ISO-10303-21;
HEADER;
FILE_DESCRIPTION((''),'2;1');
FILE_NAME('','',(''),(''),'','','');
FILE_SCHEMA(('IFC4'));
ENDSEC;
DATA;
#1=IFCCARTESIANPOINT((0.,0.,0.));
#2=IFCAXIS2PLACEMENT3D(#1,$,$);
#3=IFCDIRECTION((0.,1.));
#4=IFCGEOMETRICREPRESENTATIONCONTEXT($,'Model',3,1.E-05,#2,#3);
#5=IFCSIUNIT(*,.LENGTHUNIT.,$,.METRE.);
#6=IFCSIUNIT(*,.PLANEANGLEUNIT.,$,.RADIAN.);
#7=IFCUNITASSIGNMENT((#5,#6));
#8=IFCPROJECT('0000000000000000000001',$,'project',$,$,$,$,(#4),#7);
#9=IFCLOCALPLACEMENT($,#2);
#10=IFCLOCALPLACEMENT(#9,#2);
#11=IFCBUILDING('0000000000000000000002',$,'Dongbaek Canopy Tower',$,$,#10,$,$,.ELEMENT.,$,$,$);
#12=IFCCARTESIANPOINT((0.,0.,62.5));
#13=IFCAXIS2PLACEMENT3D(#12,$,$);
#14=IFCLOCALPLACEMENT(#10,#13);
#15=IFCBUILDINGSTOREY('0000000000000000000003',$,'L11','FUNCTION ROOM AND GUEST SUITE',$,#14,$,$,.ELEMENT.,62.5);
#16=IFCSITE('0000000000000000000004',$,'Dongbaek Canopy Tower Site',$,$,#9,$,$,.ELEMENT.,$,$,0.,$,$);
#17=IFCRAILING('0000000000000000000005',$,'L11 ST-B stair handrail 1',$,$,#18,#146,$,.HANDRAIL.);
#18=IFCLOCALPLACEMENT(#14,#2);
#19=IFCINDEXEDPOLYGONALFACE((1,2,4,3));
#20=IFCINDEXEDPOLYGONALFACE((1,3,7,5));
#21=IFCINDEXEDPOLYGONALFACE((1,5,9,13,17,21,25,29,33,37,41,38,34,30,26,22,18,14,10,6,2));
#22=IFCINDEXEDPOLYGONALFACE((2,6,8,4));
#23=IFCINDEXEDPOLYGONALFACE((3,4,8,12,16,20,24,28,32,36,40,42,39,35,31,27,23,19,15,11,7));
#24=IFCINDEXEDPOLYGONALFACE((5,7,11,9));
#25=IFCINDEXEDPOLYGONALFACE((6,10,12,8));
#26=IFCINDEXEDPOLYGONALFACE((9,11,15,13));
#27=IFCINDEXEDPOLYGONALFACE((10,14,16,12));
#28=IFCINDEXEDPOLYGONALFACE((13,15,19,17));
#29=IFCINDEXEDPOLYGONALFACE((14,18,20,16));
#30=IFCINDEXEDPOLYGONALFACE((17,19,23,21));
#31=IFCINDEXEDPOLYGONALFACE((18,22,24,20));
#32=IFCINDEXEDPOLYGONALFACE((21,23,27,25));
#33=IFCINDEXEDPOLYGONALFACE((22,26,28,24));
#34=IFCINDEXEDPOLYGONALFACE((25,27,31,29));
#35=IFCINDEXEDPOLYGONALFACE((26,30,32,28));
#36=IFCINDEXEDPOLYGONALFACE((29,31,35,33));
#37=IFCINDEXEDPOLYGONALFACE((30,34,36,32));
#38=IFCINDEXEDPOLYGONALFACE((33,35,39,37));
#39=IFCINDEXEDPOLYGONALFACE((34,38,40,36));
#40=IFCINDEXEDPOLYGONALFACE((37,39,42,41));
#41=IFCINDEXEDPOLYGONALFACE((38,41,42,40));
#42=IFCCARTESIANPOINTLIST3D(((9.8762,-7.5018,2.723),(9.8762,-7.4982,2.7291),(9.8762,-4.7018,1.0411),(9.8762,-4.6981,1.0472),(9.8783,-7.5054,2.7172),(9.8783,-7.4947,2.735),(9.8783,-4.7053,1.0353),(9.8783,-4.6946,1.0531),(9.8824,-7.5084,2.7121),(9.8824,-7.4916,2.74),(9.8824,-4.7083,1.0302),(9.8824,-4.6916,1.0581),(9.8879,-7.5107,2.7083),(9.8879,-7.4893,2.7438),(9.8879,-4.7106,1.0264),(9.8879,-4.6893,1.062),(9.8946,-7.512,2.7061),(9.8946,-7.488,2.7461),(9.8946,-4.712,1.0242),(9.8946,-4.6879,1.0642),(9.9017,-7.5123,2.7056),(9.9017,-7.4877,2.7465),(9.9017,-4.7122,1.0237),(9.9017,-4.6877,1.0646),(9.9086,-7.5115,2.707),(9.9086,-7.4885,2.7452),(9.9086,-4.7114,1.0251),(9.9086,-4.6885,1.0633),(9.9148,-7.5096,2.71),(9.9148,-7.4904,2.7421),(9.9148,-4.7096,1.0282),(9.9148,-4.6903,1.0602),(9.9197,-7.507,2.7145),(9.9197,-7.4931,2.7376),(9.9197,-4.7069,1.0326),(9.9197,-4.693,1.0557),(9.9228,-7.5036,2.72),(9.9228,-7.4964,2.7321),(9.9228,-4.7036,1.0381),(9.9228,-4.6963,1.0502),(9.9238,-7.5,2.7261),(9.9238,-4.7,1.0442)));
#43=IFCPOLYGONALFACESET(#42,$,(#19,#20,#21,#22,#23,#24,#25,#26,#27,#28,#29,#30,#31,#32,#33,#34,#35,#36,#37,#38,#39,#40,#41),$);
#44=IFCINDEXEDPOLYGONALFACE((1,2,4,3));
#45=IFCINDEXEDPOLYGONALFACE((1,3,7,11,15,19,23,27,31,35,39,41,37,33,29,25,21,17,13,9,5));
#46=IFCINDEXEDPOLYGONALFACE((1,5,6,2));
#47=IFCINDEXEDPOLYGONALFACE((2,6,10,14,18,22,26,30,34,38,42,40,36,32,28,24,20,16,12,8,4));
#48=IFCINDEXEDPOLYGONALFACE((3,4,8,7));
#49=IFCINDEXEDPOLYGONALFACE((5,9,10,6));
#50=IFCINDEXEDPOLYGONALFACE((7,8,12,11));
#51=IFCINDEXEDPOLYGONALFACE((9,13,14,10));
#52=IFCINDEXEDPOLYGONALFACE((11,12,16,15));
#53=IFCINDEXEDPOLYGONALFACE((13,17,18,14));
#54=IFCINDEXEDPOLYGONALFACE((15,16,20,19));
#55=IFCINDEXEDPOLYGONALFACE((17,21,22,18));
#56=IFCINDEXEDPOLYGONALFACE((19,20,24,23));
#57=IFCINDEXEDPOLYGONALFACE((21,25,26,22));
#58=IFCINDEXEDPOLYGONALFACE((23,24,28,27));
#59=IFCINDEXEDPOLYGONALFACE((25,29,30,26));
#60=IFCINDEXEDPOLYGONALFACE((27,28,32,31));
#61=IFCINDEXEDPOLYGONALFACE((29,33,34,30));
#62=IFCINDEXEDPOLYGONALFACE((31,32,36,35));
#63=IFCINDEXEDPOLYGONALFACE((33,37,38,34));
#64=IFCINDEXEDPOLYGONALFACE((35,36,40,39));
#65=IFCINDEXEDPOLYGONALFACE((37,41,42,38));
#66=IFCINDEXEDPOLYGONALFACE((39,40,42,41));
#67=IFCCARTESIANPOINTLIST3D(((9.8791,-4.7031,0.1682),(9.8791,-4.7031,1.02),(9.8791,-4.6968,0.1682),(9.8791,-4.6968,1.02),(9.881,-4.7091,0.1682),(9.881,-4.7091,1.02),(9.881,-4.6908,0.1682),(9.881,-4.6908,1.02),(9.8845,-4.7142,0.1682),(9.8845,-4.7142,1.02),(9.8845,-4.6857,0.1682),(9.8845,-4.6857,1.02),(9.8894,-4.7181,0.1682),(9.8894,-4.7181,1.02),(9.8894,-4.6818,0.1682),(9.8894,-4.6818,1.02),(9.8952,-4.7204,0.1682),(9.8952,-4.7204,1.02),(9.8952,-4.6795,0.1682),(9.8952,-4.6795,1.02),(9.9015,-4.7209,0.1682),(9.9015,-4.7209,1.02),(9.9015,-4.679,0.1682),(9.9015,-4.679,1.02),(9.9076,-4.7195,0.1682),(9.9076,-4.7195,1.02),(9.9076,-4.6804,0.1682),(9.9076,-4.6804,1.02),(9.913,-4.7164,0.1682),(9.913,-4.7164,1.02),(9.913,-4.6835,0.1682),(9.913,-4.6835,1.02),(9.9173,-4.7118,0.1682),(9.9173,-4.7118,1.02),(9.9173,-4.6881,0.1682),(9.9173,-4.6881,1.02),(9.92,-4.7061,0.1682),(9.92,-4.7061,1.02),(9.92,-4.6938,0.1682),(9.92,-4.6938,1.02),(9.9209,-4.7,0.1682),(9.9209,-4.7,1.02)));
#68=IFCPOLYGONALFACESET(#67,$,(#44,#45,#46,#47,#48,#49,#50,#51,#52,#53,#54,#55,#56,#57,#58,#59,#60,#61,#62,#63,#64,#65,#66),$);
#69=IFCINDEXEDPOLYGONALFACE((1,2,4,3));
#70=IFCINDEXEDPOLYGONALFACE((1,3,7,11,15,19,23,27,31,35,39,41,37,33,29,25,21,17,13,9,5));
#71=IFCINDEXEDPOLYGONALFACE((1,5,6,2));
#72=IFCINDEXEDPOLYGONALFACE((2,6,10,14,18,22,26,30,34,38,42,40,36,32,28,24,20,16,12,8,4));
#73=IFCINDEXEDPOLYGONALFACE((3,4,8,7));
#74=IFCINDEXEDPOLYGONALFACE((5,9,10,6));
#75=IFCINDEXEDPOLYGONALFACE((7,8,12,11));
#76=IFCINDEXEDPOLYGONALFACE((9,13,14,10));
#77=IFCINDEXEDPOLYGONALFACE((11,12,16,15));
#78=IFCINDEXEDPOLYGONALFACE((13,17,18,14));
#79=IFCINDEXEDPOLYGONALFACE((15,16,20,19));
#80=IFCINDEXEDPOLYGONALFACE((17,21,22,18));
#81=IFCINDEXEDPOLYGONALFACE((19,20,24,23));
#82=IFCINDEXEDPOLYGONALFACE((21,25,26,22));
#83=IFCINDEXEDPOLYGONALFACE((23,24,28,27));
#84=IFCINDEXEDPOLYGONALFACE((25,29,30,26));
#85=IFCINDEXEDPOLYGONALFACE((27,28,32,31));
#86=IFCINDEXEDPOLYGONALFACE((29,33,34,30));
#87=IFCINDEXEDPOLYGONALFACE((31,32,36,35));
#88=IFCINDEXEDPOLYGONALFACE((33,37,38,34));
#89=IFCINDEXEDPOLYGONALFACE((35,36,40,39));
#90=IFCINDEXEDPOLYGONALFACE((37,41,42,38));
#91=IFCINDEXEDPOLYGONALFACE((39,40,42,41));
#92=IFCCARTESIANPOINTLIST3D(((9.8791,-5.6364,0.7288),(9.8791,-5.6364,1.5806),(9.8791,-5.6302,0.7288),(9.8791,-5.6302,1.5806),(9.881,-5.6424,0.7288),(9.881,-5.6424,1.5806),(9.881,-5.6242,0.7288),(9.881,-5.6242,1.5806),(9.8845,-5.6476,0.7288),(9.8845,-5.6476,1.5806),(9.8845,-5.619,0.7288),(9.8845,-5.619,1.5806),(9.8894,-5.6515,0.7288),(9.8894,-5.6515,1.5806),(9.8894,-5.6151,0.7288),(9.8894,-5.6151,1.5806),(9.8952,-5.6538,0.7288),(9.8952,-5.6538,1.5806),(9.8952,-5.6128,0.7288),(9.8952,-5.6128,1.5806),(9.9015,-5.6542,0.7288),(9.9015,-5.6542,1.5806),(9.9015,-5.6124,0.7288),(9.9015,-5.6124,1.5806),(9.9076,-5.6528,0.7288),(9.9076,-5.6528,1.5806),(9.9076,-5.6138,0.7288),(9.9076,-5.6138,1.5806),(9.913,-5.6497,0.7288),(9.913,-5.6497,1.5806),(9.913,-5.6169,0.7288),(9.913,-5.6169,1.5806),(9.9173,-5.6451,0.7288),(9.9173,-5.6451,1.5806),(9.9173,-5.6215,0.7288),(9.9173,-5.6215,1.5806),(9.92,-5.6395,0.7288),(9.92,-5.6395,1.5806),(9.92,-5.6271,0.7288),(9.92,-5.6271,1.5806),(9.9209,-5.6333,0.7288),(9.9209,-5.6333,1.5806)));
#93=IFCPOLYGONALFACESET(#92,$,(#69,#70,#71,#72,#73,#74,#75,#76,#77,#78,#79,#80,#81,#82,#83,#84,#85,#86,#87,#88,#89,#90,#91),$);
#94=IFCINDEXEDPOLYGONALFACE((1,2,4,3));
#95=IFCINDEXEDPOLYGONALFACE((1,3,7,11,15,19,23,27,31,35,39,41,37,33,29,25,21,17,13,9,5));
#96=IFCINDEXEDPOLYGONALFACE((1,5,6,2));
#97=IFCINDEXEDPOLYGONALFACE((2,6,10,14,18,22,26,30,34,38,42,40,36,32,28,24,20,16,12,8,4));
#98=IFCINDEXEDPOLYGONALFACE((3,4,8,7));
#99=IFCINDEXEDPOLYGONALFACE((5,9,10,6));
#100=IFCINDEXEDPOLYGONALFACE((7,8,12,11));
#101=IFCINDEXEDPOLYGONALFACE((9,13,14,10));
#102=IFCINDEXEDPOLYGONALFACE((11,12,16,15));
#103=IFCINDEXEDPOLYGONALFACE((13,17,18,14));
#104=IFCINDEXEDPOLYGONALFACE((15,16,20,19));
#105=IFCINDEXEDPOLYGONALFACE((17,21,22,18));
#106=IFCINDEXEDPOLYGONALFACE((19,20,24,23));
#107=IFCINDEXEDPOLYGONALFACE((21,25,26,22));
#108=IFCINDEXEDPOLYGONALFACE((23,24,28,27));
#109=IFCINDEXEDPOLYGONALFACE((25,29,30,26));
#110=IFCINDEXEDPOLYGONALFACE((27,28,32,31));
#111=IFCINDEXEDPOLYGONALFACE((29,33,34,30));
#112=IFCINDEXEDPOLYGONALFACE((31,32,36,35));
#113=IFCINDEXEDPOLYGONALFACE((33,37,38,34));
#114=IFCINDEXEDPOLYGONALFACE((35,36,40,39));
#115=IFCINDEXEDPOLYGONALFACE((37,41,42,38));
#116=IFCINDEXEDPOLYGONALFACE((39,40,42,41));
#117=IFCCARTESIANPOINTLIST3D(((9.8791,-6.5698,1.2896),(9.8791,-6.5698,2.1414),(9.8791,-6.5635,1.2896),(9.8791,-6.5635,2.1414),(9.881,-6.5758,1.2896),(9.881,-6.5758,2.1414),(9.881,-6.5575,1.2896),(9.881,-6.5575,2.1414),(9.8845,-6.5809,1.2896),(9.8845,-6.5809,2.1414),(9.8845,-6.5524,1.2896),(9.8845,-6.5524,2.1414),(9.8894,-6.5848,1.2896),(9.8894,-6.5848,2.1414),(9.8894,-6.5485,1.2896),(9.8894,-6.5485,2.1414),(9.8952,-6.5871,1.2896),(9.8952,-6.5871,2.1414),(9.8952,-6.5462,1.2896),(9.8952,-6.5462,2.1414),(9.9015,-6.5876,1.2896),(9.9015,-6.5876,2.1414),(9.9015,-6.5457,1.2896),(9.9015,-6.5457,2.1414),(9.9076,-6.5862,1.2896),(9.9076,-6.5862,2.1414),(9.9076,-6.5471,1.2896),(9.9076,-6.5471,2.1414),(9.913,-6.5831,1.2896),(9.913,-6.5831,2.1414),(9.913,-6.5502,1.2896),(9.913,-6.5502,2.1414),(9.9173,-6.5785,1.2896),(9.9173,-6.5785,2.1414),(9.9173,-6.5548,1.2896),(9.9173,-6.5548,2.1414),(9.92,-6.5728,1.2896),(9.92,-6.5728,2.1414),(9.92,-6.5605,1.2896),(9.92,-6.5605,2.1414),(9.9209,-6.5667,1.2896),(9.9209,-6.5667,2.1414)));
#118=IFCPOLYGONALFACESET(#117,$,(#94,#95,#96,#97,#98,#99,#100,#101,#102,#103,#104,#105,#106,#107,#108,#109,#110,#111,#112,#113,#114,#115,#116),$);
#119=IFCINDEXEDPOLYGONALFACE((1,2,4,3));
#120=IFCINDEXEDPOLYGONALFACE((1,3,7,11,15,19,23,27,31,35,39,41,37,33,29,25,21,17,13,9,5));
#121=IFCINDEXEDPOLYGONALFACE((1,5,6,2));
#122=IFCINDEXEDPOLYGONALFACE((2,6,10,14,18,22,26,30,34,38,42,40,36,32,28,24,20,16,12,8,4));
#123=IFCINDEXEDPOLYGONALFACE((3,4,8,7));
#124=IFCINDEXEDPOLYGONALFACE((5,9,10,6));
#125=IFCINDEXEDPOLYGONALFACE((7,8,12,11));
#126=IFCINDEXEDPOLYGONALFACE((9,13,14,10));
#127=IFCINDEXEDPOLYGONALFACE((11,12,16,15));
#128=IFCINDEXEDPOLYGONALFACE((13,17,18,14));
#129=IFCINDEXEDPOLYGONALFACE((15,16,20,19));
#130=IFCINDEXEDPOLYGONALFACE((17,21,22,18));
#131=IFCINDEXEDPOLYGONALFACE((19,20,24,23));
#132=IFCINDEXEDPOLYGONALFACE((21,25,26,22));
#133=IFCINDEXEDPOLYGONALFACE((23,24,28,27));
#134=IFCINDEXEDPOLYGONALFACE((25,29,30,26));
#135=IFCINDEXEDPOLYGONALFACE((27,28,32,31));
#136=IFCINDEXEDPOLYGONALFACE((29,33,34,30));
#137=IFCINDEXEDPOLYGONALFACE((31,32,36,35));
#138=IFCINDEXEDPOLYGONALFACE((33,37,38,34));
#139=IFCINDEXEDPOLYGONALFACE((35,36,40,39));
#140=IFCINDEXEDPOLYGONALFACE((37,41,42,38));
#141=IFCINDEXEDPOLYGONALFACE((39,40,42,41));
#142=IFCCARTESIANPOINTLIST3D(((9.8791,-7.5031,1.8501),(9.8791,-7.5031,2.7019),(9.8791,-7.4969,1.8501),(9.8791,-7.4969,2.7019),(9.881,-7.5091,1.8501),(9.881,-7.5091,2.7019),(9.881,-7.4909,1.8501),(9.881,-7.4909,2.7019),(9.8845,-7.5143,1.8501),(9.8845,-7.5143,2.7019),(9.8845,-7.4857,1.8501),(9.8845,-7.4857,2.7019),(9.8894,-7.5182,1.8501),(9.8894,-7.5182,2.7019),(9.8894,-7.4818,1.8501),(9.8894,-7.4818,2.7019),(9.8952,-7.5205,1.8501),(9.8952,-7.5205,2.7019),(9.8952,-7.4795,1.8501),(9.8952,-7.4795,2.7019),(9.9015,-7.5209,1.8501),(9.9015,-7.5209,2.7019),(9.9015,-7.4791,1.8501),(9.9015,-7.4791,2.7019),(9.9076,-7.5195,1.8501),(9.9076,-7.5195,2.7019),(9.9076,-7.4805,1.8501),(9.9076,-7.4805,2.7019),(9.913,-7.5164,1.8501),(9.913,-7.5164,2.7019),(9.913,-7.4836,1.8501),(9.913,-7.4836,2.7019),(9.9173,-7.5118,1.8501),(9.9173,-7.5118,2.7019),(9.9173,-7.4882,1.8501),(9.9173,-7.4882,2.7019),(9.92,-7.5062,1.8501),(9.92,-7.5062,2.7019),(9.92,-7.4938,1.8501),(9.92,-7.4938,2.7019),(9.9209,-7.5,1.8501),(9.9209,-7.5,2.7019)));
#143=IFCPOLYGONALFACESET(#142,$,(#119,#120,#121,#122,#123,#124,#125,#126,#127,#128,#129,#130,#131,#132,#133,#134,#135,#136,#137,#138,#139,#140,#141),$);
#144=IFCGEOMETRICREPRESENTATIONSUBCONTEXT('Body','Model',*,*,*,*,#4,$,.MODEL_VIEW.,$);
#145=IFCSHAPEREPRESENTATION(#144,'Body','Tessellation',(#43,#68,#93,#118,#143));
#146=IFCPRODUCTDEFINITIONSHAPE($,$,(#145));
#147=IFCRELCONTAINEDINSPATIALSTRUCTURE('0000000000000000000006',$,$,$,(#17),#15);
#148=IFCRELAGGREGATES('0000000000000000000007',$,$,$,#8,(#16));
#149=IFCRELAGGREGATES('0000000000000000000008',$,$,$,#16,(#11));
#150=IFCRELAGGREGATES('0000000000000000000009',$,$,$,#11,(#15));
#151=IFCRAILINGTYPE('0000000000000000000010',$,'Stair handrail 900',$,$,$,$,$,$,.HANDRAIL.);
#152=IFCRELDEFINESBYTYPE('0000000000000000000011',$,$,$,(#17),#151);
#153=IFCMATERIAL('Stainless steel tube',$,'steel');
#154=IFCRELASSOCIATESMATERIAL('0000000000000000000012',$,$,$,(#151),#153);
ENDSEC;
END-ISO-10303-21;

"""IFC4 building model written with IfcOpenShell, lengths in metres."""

from ifc_helpers import new_model, si_unit, direction, frame, origin, origin_2d, place, context, subcontext, project, spatial, circle, extrude, material, type_object, element, save


model = new_model("IFC4")

# Units and contexts
model_context = context("Model", 3, precision=1e-05, world=origin(), true_north=direction((0.0, 1.0)))
body_context = subcontext(model_context, "Body", "Model", "MODEL_VIEW")
ifc_project = project(units=[si_unit("LENGTHUNIT", "METRE"), si_unit("PLANEANGLEUNIT", "RADIAN")], contexts=[model_context])

# Site, building, storey
site_placement = place(None, origin())
site = spatial("IfcSite", under=ifc_project, at=site_placement, Name="Dongbaek Canopy Tower Site", CompositionType="ELEMENT", RefElevation=0.0)
building_placement = place(site_placement, origin())
building = spatial("IfcBuilding", under=site, at=building_placement, Name="Dongbaek Canopy Tower", CompositionType="ELEMENT")
storey_placement = place(building_placement, frame((0.0, 0.0, 62.5)))
storey = spatial("IfcBuildingStorey", under=building, at=storey_placement, Name="L11", Description="FUNCTION ROOM AND GUEST SUITE", CompositionType="ELEMENT", Elevation=62.5)

# Railing
ifc_material_1 = material(Name="Stainless steel tube", Category="steel")
railing_type_1 = type_object("IfcRailingType", Name="Stair handrail 900", PredefinedType="HANDRAIL", material=ifc_material_1)
railing_1_placement = place(storey_placement, frame((9.8999, -4.7, 0.1682)))
element("IfcRailing", 1, at=railing_1_placement, inside=storey, type_object=railing_type_1, Name="L11 ST-B stair handrail 1", PredefinedType="HANDRAIL", context=body_context, shape_type="SweptSolid", body=[
    extrude(circle(Radius=0.0239, at=origin_2d()), frame((0.0, 0.0, 0.876), z_axis=(0.0, -0.857242, 0.514913), x_axis=(1.0, 0.0, 0.0)), (0.0, 0.0, 1.0), 3.2664),
    extrude(circle(Radius=0.021, at=origin_2d()), origin(), (0.0, 0.0, 1.0), 0.8518),
    extrude(circle(Radius=0.021, at=origin_2d()), frame((0.0, -0.9333, 0.5605)), (0.0, 0.0, 1.0), 0.8518),
    extrude(circle(Radius=0.021, at=origin_2d()), frame((0.0, -1.8667, 1.1213)), (0.0, 0.0, 1.0), 0.8518),
    extrude(circle(Radius=0.021, at=origin_2d()), frame((0.0, -2.8, 1.6819)), (0.0, 0.0, 1.0), 0.8518),
])

save(model, "model.ifc")
